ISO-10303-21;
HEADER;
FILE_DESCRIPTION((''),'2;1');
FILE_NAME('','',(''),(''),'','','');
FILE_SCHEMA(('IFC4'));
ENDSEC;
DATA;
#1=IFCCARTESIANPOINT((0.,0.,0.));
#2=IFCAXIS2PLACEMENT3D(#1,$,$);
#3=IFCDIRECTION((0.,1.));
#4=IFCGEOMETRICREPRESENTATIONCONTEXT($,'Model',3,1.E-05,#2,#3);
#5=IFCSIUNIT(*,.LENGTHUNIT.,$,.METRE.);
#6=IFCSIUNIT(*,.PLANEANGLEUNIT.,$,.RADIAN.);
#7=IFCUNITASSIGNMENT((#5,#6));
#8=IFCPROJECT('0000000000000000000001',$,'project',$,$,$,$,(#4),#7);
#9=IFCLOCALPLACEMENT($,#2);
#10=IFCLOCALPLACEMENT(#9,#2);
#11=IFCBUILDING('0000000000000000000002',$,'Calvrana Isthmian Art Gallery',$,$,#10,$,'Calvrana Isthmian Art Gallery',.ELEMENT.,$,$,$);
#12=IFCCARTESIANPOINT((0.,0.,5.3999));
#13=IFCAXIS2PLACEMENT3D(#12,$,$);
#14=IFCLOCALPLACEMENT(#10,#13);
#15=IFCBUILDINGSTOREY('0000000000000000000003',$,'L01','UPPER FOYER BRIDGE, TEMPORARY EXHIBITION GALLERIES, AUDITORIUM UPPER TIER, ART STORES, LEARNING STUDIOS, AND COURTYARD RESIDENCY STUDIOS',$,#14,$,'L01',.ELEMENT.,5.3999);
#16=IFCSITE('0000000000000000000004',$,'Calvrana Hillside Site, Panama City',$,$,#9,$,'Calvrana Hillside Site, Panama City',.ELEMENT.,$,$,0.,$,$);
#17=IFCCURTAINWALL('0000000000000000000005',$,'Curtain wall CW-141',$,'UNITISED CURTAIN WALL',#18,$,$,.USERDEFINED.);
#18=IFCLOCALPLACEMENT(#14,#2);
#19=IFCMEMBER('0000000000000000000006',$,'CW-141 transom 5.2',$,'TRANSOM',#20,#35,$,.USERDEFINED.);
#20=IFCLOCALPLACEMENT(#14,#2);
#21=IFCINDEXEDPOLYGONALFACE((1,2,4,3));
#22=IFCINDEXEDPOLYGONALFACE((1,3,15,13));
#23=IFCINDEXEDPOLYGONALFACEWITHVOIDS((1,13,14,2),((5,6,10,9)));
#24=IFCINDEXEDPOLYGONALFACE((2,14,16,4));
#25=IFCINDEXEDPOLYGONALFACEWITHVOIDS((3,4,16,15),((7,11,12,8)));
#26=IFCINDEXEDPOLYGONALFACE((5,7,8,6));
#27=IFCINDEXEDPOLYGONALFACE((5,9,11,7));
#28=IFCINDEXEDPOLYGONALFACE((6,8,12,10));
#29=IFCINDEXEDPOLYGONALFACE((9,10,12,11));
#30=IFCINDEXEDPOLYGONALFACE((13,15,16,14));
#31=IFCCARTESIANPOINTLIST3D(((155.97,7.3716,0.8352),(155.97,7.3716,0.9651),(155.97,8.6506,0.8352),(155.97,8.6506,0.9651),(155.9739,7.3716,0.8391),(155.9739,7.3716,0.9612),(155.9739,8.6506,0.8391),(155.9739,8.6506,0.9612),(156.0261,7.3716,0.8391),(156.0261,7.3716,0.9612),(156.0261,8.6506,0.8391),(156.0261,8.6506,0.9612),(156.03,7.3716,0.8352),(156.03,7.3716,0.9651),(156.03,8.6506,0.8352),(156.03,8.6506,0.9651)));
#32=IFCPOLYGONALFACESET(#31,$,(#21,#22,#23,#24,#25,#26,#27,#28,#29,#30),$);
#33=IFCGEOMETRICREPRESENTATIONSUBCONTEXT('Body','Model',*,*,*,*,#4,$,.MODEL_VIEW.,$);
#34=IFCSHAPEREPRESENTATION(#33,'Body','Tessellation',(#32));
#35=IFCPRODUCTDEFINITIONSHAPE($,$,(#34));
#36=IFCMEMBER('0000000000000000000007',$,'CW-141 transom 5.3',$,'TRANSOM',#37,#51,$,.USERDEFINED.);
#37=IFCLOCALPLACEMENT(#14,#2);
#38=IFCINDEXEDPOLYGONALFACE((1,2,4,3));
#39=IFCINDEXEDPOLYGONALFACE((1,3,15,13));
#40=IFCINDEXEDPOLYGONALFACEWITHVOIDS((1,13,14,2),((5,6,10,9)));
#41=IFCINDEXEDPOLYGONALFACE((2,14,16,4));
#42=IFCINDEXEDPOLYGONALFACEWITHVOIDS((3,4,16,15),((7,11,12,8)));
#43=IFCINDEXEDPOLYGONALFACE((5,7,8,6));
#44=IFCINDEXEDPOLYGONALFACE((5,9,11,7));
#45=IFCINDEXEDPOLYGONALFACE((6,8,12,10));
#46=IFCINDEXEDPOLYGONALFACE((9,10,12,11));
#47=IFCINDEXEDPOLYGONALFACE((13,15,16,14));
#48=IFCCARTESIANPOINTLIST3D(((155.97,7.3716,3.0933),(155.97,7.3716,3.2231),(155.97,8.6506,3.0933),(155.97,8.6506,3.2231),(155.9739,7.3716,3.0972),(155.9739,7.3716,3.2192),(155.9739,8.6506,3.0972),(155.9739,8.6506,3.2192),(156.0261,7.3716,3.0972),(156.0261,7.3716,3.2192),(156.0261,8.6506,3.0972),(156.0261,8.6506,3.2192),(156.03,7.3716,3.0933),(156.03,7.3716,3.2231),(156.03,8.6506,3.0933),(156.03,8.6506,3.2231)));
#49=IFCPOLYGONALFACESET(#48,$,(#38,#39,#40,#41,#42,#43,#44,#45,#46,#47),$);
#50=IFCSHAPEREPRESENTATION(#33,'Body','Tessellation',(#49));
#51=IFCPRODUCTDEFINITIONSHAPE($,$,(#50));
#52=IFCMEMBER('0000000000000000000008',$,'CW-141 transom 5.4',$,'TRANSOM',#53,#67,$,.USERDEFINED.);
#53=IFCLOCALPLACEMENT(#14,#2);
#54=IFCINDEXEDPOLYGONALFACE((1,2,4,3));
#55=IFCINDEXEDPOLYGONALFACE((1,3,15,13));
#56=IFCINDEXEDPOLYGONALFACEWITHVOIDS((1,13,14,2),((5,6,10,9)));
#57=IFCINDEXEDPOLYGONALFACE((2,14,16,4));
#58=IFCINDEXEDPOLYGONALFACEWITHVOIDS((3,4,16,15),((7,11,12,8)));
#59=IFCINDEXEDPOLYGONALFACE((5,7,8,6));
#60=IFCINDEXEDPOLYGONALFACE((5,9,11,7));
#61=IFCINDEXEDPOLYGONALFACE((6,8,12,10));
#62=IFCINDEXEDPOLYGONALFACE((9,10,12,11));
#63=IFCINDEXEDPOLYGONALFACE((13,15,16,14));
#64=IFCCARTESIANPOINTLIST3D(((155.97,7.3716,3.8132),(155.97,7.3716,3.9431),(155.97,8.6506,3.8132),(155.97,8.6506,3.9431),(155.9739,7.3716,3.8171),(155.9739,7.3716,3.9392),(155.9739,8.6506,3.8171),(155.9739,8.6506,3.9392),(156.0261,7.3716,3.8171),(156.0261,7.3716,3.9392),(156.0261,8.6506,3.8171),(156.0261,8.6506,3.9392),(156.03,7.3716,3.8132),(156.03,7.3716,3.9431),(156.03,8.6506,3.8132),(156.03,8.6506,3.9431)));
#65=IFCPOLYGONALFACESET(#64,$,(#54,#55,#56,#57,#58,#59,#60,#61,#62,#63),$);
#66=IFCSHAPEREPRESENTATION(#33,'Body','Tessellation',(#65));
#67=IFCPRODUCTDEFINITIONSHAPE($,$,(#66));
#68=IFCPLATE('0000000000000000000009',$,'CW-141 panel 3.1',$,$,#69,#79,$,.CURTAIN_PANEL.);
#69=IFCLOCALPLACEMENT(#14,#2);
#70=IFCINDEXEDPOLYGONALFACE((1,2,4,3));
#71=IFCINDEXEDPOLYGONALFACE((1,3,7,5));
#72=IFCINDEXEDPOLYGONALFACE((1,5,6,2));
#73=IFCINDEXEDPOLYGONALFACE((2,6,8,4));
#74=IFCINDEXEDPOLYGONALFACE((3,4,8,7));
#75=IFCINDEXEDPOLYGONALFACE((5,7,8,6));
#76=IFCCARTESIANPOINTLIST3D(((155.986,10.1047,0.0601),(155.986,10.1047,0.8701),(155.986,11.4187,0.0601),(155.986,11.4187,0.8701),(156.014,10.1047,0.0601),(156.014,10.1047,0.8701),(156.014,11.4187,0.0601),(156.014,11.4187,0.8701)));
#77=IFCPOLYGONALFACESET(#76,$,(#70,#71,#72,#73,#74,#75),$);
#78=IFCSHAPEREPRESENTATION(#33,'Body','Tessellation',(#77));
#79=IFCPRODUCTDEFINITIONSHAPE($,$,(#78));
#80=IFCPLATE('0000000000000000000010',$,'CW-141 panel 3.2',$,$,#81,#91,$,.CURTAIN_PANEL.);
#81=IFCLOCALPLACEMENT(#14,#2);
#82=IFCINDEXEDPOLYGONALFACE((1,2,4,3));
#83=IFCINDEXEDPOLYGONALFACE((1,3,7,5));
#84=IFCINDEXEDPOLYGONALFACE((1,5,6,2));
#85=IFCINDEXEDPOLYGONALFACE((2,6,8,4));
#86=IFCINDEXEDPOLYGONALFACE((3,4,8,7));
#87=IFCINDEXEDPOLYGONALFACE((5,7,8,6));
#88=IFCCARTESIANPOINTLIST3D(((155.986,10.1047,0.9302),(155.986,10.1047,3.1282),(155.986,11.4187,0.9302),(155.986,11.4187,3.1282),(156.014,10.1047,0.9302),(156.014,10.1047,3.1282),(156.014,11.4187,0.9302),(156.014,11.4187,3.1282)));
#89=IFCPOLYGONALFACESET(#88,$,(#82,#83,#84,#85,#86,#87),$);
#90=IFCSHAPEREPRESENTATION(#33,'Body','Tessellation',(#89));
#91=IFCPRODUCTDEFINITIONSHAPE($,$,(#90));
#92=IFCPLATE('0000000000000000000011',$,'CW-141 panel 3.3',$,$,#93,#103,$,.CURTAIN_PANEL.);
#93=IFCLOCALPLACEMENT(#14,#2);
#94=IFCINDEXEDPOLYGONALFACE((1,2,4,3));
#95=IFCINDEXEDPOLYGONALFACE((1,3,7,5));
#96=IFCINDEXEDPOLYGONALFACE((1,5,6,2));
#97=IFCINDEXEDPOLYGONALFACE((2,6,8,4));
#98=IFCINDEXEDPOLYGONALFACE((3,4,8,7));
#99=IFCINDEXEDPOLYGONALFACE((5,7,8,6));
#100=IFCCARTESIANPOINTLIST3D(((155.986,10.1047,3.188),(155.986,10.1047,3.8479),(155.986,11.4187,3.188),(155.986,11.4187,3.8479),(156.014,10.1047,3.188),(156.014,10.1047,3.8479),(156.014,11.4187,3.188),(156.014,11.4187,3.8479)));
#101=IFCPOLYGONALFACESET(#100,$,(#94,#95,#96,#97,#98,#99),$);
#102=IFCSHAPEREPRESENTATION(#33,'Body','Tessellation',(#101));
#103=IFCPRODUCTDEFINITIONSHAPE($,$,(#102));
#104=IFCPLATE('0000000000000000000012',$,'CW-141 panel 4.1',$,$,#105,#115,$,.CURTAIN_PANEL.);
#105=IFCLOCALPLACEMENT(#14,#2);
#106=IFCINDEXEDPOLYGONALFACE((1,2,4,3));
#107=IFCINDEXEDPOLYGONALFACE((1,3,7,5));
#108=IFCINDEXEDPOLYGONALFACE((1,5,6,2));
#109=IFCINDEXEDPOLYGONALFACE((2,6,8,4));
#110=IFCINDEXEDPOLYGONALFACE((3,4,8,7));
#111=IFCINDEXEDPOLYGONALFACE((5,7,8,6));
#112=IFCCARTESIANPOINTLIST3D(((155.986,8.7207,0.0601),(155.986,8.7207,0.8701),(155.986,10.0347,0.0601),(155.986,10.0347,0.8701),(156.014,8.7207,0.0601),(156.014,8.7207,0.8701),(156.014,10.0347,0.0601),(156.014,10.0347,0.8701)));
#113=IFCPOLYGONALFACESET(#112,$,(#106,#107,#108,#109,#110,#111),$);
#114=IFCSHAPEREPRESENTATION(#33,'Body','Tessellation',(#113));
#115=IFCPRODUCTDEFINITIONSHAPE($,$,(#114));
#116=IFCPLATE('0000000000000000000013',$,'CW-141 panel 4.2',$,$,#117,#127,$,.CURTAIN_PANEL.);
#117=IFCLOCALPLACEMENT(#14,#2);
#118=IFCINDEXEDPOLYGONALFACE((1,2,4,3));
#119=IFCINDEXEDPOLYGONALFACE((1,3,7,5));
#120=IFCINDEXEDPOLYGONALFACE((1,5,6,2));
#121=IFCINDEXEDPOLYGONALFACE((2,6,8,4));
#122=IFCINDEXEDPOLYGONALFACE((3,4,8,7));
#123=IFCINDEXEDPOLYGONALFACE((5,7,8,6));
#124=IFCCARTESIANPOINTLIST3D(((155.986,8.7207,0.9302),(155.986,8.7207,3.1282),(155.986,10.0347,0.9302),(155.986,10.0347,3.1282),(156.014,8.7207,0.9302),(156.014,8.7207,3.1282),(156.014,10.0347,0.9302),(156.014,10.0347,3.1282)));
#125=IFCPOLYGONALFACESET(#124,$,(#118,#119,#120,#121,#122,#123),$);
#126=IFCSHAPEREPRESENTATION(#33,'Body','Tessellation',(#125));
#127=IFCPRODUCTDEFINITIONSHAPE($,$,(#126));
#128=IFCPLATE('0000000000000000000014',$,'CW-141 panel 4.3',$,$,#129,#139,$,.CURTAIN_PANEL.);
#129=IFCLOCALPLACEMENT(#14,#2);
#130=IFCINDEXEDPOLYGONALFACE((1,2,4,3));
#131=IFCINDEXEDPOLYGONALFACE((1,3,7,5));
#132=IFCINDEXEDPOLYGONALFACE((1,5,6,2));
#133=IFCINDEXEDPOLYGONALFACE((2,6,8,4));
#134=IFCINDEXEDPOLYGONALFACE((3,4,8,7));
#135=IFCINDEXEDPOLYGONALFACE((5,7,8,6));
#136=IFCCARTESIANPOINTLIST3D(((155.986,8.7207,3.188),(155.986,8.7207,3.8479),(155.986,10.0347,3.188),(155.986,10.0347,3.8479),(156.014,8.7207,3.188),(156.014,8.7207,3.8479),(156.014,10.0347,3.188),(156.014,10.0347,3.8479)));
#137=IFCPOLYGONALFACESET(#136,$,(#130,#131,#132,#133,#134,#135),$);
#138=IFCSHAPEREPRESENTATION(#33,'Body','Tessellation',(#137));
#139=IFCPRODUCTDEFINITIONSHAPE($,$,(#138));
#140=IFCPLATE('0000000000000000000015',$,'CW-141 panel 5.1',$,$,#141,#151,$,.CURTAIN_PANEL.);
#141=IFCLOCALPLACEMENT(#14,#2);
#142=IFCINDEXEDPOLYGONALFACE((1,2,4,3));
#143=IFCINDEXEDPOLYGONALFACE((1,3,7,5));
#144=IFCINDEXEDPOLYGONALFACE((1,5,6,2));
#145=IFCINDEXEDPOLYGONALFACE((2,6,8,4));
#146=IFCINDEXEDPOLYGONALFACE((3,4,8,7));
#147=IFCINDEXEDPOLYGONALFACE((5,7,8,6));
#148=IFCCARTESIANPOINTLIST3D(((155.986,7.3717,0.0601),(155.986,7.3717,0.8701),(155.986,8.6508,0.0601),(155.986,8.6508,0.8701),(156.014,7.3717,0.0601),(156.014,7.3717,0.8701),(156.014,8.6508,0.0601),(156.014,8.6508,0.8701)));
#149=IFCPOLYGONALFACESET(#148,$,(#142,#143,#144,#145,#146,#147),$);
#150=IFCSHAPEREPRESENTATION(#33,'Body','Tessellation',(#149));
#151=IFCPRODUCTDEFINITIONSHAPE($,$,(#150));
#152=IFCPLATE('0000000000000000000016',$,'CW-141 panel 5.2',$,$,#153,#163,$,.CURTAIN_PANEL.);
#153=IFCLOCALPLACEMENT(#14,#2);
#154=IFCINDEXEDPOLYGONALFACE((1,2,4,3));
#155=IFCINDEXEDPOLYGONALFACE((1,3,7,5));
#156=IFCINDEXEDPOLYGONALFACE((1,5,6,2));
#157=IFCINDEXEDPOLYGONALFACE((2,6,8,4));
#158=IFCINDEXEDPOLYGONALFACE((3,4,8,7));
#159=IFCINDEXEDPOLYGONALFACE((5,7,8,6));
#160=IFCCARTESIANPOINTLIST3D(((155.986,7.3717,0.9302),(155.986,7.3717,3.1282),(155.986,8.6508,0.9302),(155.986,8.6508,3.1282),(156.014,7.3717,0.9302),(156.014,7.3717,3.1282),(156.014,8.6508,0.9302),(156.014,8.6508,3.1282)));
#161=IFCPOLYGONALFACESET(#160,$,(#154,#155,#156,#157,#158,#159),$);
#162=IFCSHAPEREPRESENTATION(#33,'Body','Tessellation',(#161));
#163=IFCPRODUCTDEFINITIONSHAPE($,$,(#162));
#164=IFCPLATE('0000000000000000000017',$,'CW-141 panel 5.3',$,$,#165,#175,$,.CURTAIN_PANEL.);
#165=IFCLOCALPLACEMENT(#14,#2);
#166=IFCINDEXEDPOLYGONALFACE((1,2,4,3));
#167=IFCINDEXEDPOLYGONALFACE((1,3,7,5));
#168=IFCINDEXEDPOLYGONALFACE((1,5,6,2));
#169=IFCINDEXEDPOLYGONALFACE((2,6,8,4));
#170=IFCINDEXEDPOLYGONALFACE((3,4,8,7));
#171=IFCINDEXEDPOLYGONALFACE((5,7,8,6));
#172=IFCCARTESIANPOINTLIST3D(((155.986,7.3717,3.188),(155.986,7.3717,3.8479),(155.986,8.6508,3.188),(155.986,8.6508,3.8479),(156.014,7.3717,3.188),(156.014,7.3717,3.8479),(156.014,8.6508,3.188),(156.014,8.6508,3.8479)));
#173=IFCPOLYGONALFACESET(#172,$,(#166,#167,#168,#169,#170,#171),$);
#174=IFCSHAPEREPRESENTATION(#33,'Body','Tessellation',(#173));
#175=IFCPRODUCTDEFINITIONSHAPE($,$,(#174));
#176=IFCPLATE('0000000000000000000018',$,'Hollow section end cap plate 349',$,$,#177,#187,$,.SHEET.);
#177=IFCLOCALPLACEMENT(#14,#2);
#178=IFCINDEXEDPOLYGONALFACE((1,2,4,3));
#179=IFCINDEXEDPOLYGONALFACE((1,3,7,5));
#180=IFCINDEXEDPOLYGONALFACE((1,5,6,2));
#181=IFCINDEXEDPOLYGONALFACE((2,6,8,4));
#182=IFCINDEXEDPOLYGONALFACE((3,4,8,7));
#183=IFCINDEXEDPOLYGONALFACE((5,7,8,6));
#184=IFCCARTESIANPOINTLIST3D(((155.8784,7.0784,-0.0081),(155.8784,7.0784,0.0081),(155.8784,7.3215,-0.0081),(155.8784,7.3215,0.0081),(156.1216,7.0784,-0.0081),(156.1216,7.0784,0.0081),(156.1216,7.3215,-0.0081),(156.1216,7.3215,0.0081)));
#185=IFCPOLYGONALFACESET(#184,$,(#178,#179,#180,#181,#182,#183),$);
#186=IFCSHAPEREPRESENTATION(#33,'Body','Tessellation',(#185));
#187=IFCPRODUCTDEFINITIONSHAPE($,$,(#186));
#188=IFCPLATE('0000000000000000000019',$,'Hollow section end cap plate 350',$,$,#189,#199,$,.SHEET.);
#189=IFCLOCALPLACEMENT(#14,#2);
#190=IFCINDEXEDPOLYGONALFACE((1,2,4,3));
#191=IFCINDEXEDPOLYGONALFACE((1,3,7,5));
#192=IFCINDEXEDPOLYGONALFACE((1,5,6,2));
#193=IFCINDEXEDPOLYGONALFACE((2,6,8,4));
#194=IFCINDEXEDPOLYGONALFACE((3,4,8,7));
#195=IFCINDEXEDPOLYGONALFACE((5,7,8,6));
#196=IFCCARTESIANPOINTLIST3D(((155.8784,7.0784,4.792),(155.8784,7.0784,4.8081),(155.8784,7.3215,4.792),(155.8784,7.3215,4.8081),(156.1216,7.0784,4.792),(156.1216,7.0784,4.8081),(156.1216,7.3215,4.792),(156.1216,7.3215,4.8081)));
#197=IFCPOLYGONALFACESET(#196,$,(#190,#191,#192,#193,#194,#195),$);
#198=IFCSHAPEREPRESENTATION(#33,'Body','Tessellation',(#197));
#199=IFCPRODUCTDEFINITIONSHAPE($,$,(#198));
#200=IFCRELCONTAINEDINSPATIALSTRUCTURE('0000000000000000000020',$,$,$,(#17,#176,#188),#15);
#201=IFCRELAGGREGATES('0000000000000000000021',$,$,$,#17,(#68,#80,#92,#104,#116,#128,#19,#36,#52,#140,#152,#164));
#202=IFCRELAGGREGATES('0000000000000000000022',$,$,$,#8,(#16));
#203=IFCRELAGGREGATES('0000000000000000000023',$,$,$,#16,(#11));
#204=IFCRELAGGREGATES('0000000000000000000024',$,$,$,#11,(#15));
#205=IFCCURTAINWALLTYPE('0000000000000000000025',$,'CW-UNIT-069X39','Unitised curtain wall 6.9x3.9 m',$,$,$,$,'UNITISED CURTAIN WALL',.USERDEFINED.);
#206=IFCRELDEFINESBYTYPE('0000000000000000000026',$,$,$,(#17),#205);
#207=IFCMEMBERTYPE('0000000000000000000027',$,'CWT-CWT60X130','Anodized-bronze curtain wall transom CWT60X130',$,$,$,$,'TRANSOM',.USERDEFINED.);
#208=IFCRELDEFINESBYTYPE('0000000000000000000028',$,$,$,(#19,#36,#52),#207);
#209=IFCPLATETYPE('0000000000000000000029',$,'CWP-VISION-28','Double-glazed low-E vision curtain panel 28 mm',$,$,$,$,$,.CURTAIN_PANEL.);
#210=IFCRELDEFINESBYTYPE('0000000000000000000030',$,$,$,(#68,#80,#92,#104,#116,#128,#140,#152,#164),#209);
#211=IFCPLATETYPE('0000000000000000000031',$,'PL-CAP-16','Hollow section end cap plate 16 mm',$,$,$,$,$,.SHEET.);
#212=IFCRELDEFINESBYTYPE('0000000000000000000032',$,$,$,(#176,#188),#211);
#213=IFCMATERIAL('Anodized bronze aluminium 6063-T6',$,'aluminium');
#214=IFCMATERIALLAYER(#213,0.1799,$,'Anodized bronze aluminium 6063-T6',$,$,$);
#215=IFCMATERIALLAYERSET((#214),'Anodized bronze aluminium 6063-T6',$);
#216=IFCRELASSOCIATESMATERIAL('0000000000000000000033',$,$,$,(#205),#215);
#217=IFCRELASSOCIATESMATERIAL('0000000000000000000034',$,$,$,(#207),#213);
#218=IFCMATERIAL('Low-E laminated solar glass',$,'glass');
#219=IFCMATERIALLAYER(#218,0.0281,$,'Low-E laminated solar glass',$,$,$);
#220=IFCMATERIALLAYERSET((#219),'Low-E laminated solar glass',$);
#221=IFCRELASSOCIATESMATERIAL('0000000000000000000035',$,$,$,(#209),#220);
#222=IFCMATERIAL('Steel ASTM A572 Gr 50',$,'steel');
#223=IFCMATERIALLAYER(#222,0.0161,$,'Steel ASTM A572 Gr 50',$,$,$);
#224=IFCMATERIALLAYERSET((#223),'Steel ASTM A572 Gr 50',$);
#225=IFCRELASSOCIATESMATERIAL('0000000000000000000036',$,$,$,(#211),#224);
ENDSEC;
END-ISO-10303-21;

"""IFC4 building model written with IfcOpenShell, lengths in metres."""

from ifc_helpers import new_model, si_unit, direction, frame, origin, origin_2d, place, context, subcontext, project, spatial, rectangle, hollow_rectangle, extrude, material, layer, layer_set, material_profile, profile_set, type_object, element, aggregate, save


model = new_model("IFC4")

# Units and contexts
model_context = context("Model", 3, precision=1e-05, world=origin(), true_north=direction((0.0, 1.0)))
body_context = subcontext(model_context, "Body", "Model", "MODEL_VIEW")
ifc_project = project(units=[si_unit("LENGTHUNIT", "METRE"), si_unit("PLANEANGLEUNIT", "RADIAN")], contexts=[model_context])

# Site, building, storey
site_placement = place(None, origin())
site = spatial("IfcSite", under=ifc_project, at=site_placement, Name="Calvrana Hillside Site, Panama City", LongName="Calvrana Hillside Site, Panama City", CompositionType="ELEMENT", RefElevation=0.0)
building_placement = place(site_placement, origin())
building = spatial("IfcBuilding", under=site, at=building_placement, Name="Calvrana Isthmian Art Gallery", LongName="Calvrana Isthmian Art Gallery", CompositionType="ELEMENT")
storey_placement = place(building_placement, frame((0.0, 0.0, 5.3999)))
storey = spatial("IfcBuildingStorey", under=building, at=storey_placement, Name="L01", Description="UPPER FOYER BRIDGE, TEMPORARY EXHIBITION GALLERIES, AUDITORIUM UPPER TIER, ART STORES, LEARNING STUDIOS, AND COURTYARD RESIDENCY STUDIOS", LongName="L01", CompositionType="ELEMENT", Elevation=5.3999)

# Curtain wall, members, plates
ifc_material_1 = material(Name="Anodized bronze aluminium 6063-T6", Category="aluminium")
ifc_layer_1 = layer(ifc_material_1, 0.1799, Name="Anodized bronze aluminium 6063-T6")
ifc_layer_set_1 = layer_set([ifc_layer_1], Name="Anodized bronze aluminium 6063-T6")
curtain_wall_type = type_object("IfcCurtainWallType", Name="CW-UNIT-069X39", Description="Unitised curtain wall 6.9x3.9 m", ElementType="UNITISED CURTAIN WALL", PredefinedType="USERDEFINED", material=ifc_layer_set_1)
curtain_wall_placement = place(storey_placement, origin())
curtain_wall = element("IfcCurtainWall", 1, at=curtain_wall_placement, inside=storey, type_object=curtain_wall_type, Name="Curtain wall CW-141", ObjectType="UNITISED CURTAIN WALL", PredefinedType="USERDEFINED")
ifc_material_profile_1 = material_profile(ifc_material_1, hollow_rectangle(XDim=0.0601, YDim=0.1299, WallThickness=0.0039, at=origin_2d()), Name="CWT60X130")
ifc_profile_set_1 = profile_set([ifc_material_profile_1], Name="Anodized bronze aluminium 6063-T6")
member_type_1 = type_object("IfcMemberType", Name="CWT-CWT60X130", Description="Anodized-bronze curtain wall transom CWT60X130", ElementType="TRANSOM", PredefinedType="USERDEFINED", material=ifc_profile_set_1)
member_1_placement = place(storey_placement, frame((156.0, 8.6506, 0.9001), z_axis=(0.0, -1.0, 0.0), x_axis=(1.0, 0.0, 0.0)))
member_1 = element("IfcMember", 2, at=member_1_placement, type_object=member_type_1, Name="CW-141 transom 5.2", ObjectType="TRANSOM", PredefinedType="USERDEFINED", context=body_context, shape_type="SweptSolid", body=[
    extrude(hollow_rectangle(XDim=0.0601, YDim=0.1299, WallThickness=0.0039, at=origin_2d()), origin(), (0.0, 0.0, 1.0), 1.2791),
])
member_2_placement = place(storey_placement, frame((156.0, 8.6506, 3.1582), z_axis=(0.0, -1.0, 0.0), x_axis=(1.0, 0.0, 0.0)))
member_2 = element("IfcMember", 3, at=member_2_placement, type_object=member_type_1, Name="CW-141 transom 5.3", ObjectType="TRANSOM", PredefinedType="USERDEFINED", context=body_context, shape_type="SweptSolid", body=[
    extrude(hollow_rectangle(XDim=0.0601, YDim=0.1299, WallThickness=0.0039, at=origin_2d()), origin(), (0.0, 0.0, 1.0), 1.2791),
])
member_3_placement = place(storey_placement, frame((156.0, 8.6506, 3.8782), z_axis=(0.0, -1.0, 0.0), x_axis=(1.0, 0.0, 0.0)))
member_3 = element("IfcMember", 4, at=member_3_placement, type_object=member_type_1, Name="CW-141 transom 5.4", ObjectType="TRANSOM", PredefinedType="USERDEFINED", context=body_context, shape_type="SweptSolid", body=[
    extrude(hollow_rectangle(XDim=0.0601, YDim=0.1299, WallThickness=0.0039, at=origin_2d()), origin(), (0.0, 0.0, 1.0), 1.2791),
])
ifc_material_2 = material(Name="Low-E laminated solar glass", Category="glass")
ifc_layer_2 = layer(ifc_material_2, 0.0281, Name="Low-E laminated solar glass")
ifc_layer_set_2 = layer_set([ifc_layer_2], Name="Low-E laminated solar glass")
plate_type_1 = type_object("IfcPlateType", Name="CWP-VISION-28", Description="Double-glazed low-E vision curtain panel 28 mm", PredefinedType="CURTAIN_PANEL", material=ifc_layer_set_2)
plate_1_placement = place(storey_placement, frame((156.0, 10.7617, 0.0601), z_axis=(0.0, 0.0, 1.0), x_axis=(0.0, -1.0, 0.0)))
plate_1 = element("IfcPlate", 5, at=plate_1_placement, type_object=plate_type_1, Name="CW-141 panel 3.1", PredefinedType="CURTAIN_PANEL", context=body_context, shape_type="SweptSolid", body=[
    extrude(rectangle(XDim=1.314, YDim=0.0281, at=origin_2d()), origin(), (0.0, 0.0, 1.0), 0.8101),
])
plate_2_placement = place(storey_placement, frame((156.0, 10.7617, 0.9302), z_axis=(0.0, 0.0, 1.0), x_axis=(0.0, -1.0, 0.0)))
plate_2 = element("IfcPlate", 6, at=plate_2_placement, type_object=plate_type_1, Name="CW-141 panel 3.2", PredefinedType="CURTAIN_PANEL", context=body_context, shape_type="SweptSolid", body=[
    extrude(rectangle(XDim=1.314, YDim=0.0281, at=origin_2d()), origin(), (0.0, 0.0, 1.0), 2.198),
])
plate_3_placement = place(storey_placement, frame((156.0, 10.7617, 3.188), z_axis=(0.0, 0.0, 1.0), x_axis=(0.0, -1.0, 0.0)))
plate_3 = element("IfcPlate", 7, at=plate_3_placement, type_object=plate_type_1, Name="CW-141 panel 3.3", PredefinedType="CURTAIN_PANEL", context=body_context, shape_type="SweptSolid", body=[
    extrude(rectangle(XDim=1.314, YDim=0.0281, at=origin_2d()), origin(), (0.0, 0.0, 1.0), 0.6599),
])
plate_4_placement = place(storey_placement, frame((156.0, 9.3777, 0.0601), z_axis=(0.0, 0.0, 1.0), x_axis=(0.0, -1.0, 0.0)))
plate_4 = element("IfcPlate", 8, at=plate_4_placement, type_object=plate_type_1, Name="CW-141 panel 4.1", PredefinedType="CURTAIN_PANEL", context=body_context, shape_type="SweptSolid", body=[
    extrude(rectangle(XDim=1.314, YDim=0.0281, at=origin_2d()), origin(), (0.0, 0.0, 1.0), 0.8101),
])
plate_5_placement = place(storey_placement, frame((156.0, 9.3777, 0.9302), z_axis=(0.0, 0.0, 1.0), x_axis=(0.0, -1.0, 0.0)))
plate_5 = element("IfcPlate", 9, at=plate_5_placement, type_object=plate_type_1, Name="CW-141 panel 4.2", PredefinedType="CURTAIN_PANEL", context=body_context, shape_type="SweptSolid", body=[
    extrude(rectangle(XDim=1.314, YDim=0.0281, at=origin_2d()), origin(), (0.0, 0.0, 1.0), 2.198),
])
plate_6_placement = place(storey_placement, frame((156.0, 9.3777, 3.188), z_axis=(0.0, 0.0, 1.0), x_axis=(0.0, -1.0, 0.0)))
plate_6 = element("IfcPlate", 10, at=plate_6_placement, type_object=plate_type_1, Name="CW-141 panel 4.3", PredefinedType="CURTAIN_PANEL", context=body_context, shape_type="SweptSolid", body=[
    extrude(rectangle(XDim=1.314, YDim=0.0281, at=origin_2d()), origin(), (0.0, 0.0, 1.0), 0.6599),
])
plate_7_placement = place(storey_placement, frame((156.0, 8.0112, 0.0601), z_axis=(0.0, 0.0, 1.0), x_axis=(0.0, -1.0, 0.0)))
plate_7 = element("IfcPlate", 11, at=plate_7_placement, type_object=plate_type_1, Name="CW-141 panel 5.1", PredefinedType="CURTAIN_PANEL", context=body_context, shape_type="SweptSolid", body=[
    extrude(rectangle(XDim=1.2791, YDim=0.0281, at=origin_2d()), origin(), (0.0, 0.0, 1.0), 0.8101),
])
plate_8_placement = place(storey_placement, frame((156.0, 8.0112, 0.9302), z_axis=(0.0, 0.0, 1.0), x_axis=(0.0, -1.0, 0.0)))
plate_8 = element("IfcPlate", 12, at=plate_8_placement, type_object=plate_type_1, Name="CW-141 panel 5.2", PredefinedType="CURTAIN_PANEL", context=body_context, shape_type="SweptSolid", body=[
    extrude(rectangle(XDim=1.2791, YDim=0.0281, at=origin_2d()), origin(), (0.0, 0.0, 1.0), 2.198),
])
plate_9_placement = place(storey_placement, frame((156.0, 8.0112, 3.188), z_axis=(0.0, 0.0, 1.0), x_axis=(0.0, -1.0, 0.0)))
plate_9 = element("IfcPlate", 13, at=plate_9_placement, type_object=plate_type_1, Name="CW-141 panel 5.3", PredefinedType="CURTAIN_PANEL", context=body_context, shape_type="SweptSolid", body=[
    extrude(rectangle(XDim=1.2791, YDim=0.0281, at=origin_2d()), origin(), (0.0, 0.0, 1.0), 0.6599),
])
aggregate(curtain_wall, [plate_1, plate_2, plate_3, plate_4, plate_5, plate_6, member_1, member_2, member_3, plate_7, plate_8, plate_9])

# Plates
ifc_material_3 = material(Name="Steel ASTM A572 Gr 50", Category="steel")
ifc_layer_3 = layer(ifc_material_3, 0.0161, Name="Steel ASTM A572 Gr 50")
ifc_layer_set_3 = layer_set([ifc_layer_3], Name="Steel ASTM A572 Gr 50")
plate_type_2 = type_object("IfcPlateType", Name="PL-CAP-16", Description="Hollow section end cap plate 16 mm", PredefinedType="SHEET", material=ifc_layer_set_3)
for number, where, z_axis, x_axis, name in (
    (14, (156.0, 7.2, -0.0081), (0.0, 0.0, 1.0), (1.0, 0.0, 0.0), "Hollow section end cap plate 349"),
    (15, (156.0, 7.2, 4.792), (0.0, 0.0, 1.0), (1.0, 0.0, 0.0), "Hollow section end cap plate 350"),
):
    element("IfcPlate", number, at=place(storey_placement, frame(where, z_axis=z_axis, x_axis=x_axis)), inside=storey, type_object=plate_type_2, Name=name, PredefinedType="SHEET", context=body_context, shape_type="SweptSolid", body=[
        extrude(rectangle(XDim=0.2432, YDim=0.2432, at=origin_2d()), origin(), (0.0, 0.0, 1.0), 0.0161),
    ])

save(model, "model.ifc")
